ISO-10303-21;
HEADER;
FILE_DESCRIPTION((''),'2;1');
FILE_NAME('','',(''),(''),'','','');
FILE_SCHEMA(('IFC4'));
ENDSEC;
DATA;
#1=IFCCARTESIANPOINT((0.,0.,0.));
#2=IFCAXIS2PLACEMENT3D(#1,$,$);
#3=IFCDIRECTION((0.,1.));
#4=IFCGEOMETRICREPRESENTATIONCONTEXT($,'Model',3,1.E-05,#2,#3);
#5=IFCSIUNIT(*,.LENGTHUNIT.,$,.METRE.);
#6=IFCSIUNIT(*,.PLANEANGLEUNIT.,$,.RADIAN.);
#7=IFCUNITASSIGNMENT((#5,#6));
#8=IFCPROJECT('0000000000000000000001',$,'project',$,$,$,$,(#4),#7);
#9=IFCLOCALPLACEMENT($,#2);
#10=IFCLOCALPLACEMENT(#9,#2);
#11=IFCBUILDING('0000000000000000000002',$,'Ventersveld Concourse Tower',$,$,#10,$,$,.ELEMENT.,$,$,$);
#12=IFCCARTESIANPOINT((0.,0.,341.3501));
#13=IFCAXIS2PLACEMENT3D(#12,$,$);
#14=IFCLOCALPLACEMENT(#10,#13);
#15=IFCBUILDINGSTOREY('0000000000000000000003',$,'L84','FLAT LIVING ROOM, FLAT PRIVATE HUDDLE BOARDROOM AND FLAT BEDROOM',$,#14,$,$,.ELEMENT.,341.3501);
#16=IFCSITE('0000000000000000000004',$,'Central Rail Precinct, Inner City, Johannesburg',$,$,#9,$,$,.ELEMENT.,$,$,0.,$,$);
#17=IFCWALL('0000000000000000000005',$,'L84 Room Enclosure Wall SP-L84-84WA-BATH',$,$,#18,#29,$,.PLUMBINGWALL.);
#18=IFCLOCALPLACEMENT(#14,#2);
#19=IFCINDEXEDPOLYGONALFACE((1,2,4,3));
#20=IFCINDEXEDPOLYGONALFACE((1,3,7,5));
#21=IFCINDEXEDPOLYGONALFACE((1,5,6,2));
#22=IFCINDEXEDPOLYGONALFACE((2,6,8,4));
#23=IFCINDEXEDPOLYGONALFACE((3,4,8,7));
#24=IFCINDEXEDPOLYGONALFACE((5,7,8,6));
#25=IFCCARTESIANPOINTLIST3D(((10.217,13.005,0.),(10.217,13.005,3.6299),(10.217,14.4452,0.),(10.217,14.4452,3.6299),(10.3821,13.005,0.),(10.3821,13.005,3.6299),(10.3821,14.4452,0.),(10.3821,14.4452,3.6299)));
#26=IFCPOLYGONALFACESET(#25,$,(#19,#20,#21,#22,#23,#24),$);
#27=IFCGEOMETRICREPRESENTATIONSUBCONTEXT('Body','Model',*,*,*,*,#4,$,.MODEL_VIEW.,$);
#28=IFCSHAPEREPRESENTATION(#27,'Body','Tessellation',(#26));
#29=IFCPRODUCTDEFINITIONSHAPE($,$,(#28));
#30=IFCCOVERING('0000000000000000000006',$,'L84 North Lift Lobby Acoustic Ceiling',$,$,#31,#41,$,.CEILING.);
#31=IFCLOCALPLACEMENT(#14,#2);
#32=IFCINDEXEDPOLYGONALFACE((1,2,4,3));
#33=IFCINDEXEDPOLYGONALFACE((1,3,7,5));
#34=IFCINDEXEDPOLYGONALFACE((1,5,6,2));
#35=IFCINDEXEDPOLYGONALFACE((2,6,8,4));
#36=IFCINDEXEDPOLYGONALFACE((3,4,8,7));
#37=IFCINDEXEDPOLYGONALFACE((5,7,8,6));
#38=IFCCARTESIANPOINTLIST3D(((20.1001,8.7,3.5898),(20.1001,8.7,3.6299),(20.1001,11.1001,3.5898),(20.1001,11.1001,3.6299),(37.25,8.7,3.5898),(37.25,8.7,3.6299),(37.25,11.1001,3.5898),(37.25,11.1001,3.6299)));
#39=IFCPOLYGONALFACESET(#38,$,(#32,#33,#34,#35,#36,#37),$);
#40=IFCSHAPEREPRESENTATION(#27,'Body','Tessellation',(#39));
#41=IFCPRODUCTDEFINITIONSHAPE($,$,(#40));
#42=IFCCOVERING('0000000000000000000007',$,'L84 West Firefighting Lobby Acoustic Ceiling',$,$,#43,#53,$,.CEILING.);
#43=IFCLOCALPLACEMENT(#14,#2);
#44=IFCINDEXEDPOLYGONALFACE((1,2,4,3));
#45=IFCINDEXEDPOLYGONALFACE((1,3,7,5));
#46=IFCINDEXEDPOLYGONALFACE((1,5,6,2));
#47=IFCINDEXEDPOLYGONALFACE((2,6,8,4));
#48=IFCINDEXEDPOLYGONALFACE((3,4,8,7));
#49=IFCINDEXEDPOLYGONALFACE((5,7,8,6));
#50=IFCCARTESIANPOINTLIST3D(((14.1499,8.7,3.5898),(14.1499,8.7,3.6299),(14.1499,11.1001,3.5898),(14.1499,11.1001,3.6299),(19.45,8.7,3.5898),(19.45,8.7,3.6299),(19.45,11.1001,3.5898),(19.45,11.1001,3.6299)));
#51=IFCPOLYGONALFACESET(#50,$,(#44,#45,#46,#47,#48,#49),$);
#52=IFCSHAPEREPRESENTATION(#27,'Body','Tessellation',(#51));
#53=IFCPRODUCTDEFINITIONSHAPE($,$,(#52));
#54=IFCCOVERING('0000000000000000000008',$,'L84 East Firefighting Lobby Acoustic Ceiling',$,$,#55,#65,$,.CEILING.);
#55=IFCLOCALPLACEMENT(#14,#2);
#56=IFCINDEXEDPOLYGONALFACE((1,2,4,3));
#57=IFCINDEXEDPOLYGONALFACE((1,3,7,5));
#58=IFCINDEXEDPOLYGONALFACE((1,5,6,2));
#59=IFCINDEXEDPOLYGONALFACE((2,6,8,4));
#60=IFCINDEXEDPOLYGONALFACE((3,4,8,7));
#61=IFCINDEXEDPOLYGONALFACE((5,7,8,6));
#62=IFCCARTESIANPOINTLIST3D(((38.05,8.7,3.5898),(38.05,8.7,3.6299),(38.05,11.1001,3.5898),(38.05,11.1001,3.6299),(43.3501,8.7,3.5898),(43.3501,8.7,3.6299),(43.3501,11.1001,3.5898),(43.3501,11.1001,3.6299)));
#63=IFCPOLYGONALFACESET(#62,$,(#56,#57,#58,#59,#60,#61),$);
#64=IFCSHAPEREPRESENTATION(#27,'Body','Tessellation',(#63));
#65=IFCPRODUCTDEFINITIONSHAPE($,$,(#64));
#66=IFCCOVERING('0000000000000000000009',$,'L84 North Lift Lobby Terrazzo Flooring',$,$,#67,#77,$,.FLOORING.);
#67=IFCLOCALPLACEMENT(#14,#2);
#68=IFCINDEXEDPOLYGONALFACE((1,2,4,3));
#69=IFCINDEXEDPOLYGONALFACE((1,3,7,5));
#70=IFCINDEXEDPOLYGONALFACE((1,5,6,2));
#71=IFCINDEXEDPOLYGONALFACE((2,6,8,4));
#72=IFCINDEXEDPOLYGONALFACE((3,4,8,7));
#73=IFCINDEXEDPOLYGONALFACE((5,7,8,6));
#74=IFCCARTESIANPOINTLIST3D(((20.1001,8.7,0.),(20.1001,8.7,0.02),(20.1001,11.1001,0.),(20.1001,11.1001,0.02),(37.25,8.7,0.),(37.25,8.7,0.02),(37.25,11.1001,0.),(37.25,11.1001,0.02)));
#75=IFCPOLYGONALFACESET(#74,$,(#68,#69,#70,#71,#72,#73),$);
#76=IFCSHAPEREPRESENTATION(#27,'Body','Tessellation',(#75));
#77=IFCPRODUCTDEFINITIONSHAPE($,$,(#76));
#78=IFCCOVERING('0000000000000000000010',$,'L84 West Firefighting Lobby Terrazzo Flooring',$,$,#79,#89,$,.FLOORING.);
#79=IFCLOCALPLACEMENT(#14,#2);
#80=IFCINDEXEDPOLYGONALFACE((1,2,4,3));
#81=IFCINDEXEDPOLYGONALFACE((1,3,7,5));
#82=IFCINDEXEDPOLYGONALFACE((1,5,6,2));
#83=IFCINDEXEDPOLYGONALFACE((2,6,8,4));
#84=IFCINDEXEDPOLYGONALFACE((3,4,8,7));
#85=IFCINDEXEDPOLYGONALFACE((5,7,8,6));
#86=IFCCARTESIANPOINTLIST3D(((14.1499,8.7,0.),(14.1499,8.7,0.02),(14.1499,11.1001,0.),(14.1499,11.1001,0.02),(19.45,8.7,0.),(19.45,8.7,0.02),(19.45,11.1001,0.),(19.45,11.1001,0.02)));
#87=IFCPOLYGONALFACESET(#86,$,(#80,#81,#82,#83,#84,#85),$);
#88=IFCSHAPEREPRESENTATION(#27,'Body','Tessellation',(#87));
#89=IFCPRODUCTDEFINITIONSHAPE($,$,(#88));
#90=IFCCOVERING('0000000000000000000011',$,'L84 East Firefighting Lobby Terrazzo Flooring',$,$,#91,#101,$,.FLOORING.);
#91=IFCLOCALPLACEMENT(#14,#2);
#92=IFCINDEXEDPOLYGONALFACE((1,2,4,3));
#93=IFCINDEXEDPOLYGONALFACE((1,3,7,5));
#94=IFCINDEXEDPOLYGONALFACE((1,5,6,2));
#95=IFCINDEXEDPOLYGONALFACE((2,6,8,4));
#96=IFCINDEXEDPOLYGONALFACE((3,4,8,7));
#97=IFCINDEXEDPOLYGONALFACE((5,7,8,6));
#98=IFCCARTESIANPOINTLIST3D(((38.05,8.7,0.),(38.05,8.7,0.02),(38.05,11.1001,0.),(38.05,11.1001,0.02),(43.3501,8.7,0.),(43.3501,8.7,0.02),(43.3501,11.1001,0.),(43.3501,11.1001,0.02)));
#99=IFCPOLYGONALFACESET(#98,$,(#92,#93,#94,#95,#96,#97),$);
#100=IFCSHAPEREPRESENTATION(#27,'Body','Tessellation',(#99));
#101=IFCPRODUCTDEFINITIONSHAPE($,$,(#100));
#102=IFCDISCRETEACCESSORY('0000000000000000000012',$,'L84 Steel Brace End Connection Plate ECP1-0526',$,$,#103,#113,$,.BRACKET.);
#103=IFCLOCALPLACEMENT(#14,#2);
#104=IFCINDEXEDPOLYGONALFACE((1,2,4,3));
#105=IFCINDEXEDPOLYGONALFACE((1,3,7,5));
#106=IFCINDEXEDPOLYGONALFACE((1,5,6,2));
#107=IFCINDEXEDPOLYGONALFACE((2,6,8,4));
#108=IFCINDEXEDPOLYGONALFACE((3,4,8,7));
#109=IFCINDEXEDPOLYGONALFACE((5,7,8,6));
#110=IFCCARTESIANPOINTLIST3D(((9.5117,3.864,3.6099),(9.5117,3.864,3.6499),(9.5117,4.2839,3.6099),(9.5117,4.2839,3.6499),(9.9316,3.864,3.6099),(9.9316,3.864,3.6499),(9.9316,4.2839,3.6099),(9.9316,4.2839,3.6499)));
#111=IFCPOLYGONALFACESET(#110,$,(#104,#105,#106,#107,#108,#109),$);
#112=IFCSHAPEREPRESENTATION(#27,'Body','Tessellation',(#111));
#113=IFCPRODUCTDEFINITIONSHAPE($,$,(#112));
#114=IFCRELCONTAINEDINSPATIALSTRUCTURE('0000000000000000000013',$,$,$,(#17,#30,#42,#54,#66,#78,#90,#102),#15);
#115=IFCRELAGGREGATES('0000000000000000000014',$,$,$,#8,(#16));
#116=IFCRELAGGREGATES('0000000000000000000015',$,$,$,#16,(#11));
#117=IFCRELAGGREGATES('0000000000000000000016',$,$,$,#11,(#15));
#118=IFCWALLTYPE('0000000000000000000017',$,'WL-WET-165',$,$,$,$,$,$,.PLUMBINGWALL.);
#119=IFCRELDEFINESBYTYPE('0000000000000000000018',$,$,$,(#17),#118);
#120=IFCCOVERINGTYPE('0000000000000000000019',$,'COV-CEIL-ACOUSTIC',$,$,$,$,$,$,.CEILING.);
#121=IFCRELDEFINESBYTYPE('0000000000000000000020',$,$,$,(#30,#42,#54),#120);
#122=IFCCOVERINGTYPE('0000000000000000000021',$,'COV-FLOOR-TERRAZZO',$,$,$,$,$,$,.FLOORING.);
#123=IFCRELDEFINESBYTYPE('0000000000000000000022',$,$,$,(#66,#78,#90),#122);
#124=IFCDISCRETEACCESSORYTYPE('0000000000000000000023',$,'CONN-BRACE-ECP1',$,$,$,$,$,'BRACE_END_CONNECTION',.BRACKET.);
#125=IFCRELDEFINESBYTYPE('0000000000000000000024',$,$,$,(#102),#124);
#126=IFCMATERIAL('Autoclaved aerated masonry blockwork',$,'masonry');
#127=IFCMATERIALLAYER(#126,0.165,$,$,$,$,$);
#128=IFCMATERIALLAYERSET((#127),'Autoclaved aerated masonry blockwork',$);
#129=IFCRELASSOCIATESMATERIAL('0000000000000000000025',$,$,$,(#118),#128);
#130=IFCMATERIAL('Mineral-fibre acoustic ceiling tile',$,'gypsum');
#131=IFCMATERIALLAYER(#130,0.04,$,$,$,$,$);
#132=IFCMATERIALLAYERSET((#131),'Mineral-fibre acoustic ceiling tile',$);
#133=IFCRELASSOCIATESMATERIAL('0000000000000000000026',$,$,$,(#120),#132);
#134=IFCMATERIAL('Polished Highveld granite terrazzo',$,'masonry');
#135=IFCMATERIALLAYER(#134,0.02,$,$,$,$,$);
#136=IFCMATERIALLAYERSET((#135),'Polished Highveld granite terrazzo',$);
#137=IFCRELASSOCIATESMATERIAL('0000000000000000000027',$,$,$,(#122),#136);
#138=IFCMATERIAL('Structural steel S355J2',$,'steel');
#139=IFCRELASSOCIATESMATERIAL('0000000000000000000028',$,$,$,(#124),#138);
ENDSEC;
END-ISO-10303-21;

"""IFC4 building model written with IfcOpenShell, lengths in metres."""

from ifc_helpers import new_model, si_unit, direction, frame, frame_2d, origin, origin_2d, place, context, subcontext, project, spatial, polyline, rectangle, outline, extrude, material, layer, layer_set, type_object, element, save


model = new_model("IFC4")

# Units and contexts
model_context = context("Model", 3, precision=1e-05, world=origin(), true_north=direction((0.0, 1.0)))
body_context = subcontext(model_context, "Body", "Model", "MODEL_VIEW")
ifc_project = project(units=[si_unit("LENGTHUNIT", "METRE"), si_unit("PLANEANGLEUNIT", "RADIAN")], contexts=[model_context])

# Site, building, storey
site_placement = place(None, origin())
site = spatial("IfcSite", under=ifc_project, at=site_placement, Name="Central Rail Precinct, Inner City, Johannesburg", CompositionType="ELEMENT", RefElevation=0.0)
building_placement = place(site_placement, origin())
building = spatial("IfcBuilding", under=site, at=building_placement, Name="Ventersveld Concourse Tower", CompositionType="ELEMENT")
storey_placement = place(building_placement, frame((0.0, 0.0, 341.3501)))
storey = spatial("IfcBuildingStorey", under=building, at=storey_placement, Name="L84", Description="FLAT LIVING ROOM, FLAT PRIVATE HUDDLE BOARDROOM AND FLAT BEDROOM", CompositionType="ELEMENT", Elevation=341.3501)

# Wall
ifc_material_1 = material(Name="Autoclaved aerated masonry blockwork", Category="masonry")
ifc_layer_1 = layer(ifc_material_1, 0.165)
ifc_layer_set_1 = layer_set([ifc_layer_1], Name="Autoclaved aerated masonry blockwork")
wall_type_1 = type_object("IfcWallType", Name="WL-WET-165", PredefinedType="PLUMBINGWALL", material=ifc_layer_set_1)
wall_1_placement = place(storey_placement, frame((10.2996, 13.0049, 0.0), z_axis=(0.0, 0.0, 1.0), x_axis=(0.0, 1.0, 0.0)))
element("IfcWall", 1, at=wall_1_placement, inside=storey, type_object=wall_type_1, Name="L84 Room Enclosure Wall SP-L84-84WA-BATH", PredefinedType="PLUMBINGWALL", context=body_context, shape_type="SweptSolid", body=[
    extrude(rectangle(XDim=1.4402, YDim=0.165, at=frame_2d((0.7202, 0.0))), origin(), (0.0, 0.0, 1.0), 3.6299),
])

# Coverings
ifc_material_2 = material(Name="Mineral-fibre acoustic ceiling tile", Category="gypsum")
ifc_layer_2 = layer(ifc_material_2, 0.04)
ifc_layer_set_2 = layer_set([ifc_layer_2], Name="Mineral-fibre acoustic ceiling tile")
covering_type_1 = type_object("IfcCoveringType", Name="COV-CEIL-ACOUSTIC", PredefinedType="CEILING", material=ifc_layer_set_2)
covering_1_placement = place(storey_placement, frame((0.0, 0.0, 3.5898)))
element("IfcCovering", 2, at=covering_1_placement, inside=storey, type_object=covering_type_1, Name="L84 North Lift Lobby Acoustic Ceiling", PredefinedType="CEILING", context=body_context, shape_type="SweptSolid", body=[
    extrude(outline(polyline([(20.1001, 8.7), (37.25, 8.7), (37.25, 11.1001), (20.1001, 11.1001), (20.1001, 8.7)])), origin(), (0.0, 0.0, 1.0), 0.04),
])
covering_2_placement = place(storey_placement, frame((0.0, 0.0, 3.5898)))
element("IfcCovering", 3, at=covering_2_placement, inside=storey, type_object=covering_type_1, Name="L84 West Firefighting Lobby Acoustic Ceiling", PredefinedType="CEILING", context=body_context, shape_type="SweptSolid", body=[
    extrude(outline(polyline([(14.1499, 8.7), (19.45, 8.7), (19.45, 11.1001), (14.1499, 11.1001), (14.1499, 8.7)])), origin(), (0.0, 0.0, 1.0), 0.04),
])
covering_3_placement = place(storey_placement, frame((0.0, 0.0, 3.5898)))
element("IfcCovering", 4, at=covering_3_placement, inside=storey, type_object=covering_type_1, Name="L84 East Firefighting Lobby Acoustic Ceiling", PredefinedType="CEILING", context=body_context, shape_type="SweptSolid", body=[
    extrude(outline(polyline([(38.05, 8.7), (43.3501, 8.7), (43.3501, 11.1001), (38.05, 11.1001), (38.05, 8.7)])), origin(), (0.0, 0.0, 1.0), 0.04),
])
ifc_material_3 = material(Name="Polished Highveld granite terrazzo", Category="masonry")
ifc_layer_3 = layer(ifc_material_3, 0.02)
ifc_layer_set_3 = layer_set([ifc_layer_3], Name="Polished Highveld granite terrazzo")
covering_type_2 = type_object("IfcCoveringType", Name="COV-FLOOR-TERRAZZO", PredefinedType="FLOORING", material=ifc_layer_set_3)
covering_4_placement = place(storey_placement, origin())
element("IfcCovering", 5, at=covering_4_placement, inside=storey, type_object=covering_type_2, Name="L84 North Lift Lobby Terrazzo Flooring", PredefinedType="FLOORING", context=body_context, shape_type="SweptSolid", body=[
    extrude(outline(polyline([(20.1001, 8.7), (37.25, 8.7), (37.25, 11.1001), (20.1001, 11.1001), (20.1001, 8.7)])), origin(), (0.0, 0.0, 1.0), 0.02),
])
covering_5_placement = place(storey_placement, origin())
element("IfcCovering", 6, at=covering_5_placement, inside=storey, type_object=covering_type_2, Name="L84 West Firefighting Lobby Terrazzo Flooring", PredefinedType="FLOORING", context=body_context, shape_type="SweptSolid", body=[
    extrude(outline(polyline([(14.1499, 8.7), (19.45, 8.7), (19.45, 11.1001), (14.1499, 11.1001), (14.1499, 8.7)])), origin(), (0.0, 0.0, 1.0), 0.02),
])
covering_6_placement = place(storey_placement, origin())
element("IfcCovering", 7, at=covering_6_placement, inside=storey, type_object=covering_type_2, Name="L84 East Firefighting Lobby Terrazzo Flooring", PredefinedType="FLOORING", context=body_context, shape_type="SweptSolid", body=[
    extrude(outline(polyline([(38.05, 8.7), (43.3501, 8.7), (43.3501, 11.1001), (38.05, 11.1001), (38.05, 8.7)])), origin(), (0.0, 0.0, 1.0), 0.02),
])

# Discrete accessory
ifc_material_4 = material(Name="Structural steel S355J2", Category="steel")
discrete_accessory_type = type_object("IfcDiscreteAccessoryType", Name="CONN-BRACE-ECP1", ElementType="BRACE_END_CONNECTION", PredefinedType="BRACKET", material=ifc_material_4)
discrete_accessory_placement = place(storey_placement, frame((9.7217, 4.074, 3.6099), z_axis=(0.0, 0.0, 1.0), x_axis=(1.0, 0.0, 0.0)))
element("IfcDiscreteAccessory", 8, at=discrete_accessory_placement, inside=storey, type_object=discrete_accessory_type, Name="L84 Steel Brace End Connection Plate ECP1-0526", PredefinedType="BRACKET", context=body_context, shape_type="SweptSolid", body=[
    extrude(rectangle(XDim=0.4199, YDim=0.4199, at=origin_2d()), origin(), (0.0, 0.0, 1.0), 0.04),
])

save(model, "model.ifc")
